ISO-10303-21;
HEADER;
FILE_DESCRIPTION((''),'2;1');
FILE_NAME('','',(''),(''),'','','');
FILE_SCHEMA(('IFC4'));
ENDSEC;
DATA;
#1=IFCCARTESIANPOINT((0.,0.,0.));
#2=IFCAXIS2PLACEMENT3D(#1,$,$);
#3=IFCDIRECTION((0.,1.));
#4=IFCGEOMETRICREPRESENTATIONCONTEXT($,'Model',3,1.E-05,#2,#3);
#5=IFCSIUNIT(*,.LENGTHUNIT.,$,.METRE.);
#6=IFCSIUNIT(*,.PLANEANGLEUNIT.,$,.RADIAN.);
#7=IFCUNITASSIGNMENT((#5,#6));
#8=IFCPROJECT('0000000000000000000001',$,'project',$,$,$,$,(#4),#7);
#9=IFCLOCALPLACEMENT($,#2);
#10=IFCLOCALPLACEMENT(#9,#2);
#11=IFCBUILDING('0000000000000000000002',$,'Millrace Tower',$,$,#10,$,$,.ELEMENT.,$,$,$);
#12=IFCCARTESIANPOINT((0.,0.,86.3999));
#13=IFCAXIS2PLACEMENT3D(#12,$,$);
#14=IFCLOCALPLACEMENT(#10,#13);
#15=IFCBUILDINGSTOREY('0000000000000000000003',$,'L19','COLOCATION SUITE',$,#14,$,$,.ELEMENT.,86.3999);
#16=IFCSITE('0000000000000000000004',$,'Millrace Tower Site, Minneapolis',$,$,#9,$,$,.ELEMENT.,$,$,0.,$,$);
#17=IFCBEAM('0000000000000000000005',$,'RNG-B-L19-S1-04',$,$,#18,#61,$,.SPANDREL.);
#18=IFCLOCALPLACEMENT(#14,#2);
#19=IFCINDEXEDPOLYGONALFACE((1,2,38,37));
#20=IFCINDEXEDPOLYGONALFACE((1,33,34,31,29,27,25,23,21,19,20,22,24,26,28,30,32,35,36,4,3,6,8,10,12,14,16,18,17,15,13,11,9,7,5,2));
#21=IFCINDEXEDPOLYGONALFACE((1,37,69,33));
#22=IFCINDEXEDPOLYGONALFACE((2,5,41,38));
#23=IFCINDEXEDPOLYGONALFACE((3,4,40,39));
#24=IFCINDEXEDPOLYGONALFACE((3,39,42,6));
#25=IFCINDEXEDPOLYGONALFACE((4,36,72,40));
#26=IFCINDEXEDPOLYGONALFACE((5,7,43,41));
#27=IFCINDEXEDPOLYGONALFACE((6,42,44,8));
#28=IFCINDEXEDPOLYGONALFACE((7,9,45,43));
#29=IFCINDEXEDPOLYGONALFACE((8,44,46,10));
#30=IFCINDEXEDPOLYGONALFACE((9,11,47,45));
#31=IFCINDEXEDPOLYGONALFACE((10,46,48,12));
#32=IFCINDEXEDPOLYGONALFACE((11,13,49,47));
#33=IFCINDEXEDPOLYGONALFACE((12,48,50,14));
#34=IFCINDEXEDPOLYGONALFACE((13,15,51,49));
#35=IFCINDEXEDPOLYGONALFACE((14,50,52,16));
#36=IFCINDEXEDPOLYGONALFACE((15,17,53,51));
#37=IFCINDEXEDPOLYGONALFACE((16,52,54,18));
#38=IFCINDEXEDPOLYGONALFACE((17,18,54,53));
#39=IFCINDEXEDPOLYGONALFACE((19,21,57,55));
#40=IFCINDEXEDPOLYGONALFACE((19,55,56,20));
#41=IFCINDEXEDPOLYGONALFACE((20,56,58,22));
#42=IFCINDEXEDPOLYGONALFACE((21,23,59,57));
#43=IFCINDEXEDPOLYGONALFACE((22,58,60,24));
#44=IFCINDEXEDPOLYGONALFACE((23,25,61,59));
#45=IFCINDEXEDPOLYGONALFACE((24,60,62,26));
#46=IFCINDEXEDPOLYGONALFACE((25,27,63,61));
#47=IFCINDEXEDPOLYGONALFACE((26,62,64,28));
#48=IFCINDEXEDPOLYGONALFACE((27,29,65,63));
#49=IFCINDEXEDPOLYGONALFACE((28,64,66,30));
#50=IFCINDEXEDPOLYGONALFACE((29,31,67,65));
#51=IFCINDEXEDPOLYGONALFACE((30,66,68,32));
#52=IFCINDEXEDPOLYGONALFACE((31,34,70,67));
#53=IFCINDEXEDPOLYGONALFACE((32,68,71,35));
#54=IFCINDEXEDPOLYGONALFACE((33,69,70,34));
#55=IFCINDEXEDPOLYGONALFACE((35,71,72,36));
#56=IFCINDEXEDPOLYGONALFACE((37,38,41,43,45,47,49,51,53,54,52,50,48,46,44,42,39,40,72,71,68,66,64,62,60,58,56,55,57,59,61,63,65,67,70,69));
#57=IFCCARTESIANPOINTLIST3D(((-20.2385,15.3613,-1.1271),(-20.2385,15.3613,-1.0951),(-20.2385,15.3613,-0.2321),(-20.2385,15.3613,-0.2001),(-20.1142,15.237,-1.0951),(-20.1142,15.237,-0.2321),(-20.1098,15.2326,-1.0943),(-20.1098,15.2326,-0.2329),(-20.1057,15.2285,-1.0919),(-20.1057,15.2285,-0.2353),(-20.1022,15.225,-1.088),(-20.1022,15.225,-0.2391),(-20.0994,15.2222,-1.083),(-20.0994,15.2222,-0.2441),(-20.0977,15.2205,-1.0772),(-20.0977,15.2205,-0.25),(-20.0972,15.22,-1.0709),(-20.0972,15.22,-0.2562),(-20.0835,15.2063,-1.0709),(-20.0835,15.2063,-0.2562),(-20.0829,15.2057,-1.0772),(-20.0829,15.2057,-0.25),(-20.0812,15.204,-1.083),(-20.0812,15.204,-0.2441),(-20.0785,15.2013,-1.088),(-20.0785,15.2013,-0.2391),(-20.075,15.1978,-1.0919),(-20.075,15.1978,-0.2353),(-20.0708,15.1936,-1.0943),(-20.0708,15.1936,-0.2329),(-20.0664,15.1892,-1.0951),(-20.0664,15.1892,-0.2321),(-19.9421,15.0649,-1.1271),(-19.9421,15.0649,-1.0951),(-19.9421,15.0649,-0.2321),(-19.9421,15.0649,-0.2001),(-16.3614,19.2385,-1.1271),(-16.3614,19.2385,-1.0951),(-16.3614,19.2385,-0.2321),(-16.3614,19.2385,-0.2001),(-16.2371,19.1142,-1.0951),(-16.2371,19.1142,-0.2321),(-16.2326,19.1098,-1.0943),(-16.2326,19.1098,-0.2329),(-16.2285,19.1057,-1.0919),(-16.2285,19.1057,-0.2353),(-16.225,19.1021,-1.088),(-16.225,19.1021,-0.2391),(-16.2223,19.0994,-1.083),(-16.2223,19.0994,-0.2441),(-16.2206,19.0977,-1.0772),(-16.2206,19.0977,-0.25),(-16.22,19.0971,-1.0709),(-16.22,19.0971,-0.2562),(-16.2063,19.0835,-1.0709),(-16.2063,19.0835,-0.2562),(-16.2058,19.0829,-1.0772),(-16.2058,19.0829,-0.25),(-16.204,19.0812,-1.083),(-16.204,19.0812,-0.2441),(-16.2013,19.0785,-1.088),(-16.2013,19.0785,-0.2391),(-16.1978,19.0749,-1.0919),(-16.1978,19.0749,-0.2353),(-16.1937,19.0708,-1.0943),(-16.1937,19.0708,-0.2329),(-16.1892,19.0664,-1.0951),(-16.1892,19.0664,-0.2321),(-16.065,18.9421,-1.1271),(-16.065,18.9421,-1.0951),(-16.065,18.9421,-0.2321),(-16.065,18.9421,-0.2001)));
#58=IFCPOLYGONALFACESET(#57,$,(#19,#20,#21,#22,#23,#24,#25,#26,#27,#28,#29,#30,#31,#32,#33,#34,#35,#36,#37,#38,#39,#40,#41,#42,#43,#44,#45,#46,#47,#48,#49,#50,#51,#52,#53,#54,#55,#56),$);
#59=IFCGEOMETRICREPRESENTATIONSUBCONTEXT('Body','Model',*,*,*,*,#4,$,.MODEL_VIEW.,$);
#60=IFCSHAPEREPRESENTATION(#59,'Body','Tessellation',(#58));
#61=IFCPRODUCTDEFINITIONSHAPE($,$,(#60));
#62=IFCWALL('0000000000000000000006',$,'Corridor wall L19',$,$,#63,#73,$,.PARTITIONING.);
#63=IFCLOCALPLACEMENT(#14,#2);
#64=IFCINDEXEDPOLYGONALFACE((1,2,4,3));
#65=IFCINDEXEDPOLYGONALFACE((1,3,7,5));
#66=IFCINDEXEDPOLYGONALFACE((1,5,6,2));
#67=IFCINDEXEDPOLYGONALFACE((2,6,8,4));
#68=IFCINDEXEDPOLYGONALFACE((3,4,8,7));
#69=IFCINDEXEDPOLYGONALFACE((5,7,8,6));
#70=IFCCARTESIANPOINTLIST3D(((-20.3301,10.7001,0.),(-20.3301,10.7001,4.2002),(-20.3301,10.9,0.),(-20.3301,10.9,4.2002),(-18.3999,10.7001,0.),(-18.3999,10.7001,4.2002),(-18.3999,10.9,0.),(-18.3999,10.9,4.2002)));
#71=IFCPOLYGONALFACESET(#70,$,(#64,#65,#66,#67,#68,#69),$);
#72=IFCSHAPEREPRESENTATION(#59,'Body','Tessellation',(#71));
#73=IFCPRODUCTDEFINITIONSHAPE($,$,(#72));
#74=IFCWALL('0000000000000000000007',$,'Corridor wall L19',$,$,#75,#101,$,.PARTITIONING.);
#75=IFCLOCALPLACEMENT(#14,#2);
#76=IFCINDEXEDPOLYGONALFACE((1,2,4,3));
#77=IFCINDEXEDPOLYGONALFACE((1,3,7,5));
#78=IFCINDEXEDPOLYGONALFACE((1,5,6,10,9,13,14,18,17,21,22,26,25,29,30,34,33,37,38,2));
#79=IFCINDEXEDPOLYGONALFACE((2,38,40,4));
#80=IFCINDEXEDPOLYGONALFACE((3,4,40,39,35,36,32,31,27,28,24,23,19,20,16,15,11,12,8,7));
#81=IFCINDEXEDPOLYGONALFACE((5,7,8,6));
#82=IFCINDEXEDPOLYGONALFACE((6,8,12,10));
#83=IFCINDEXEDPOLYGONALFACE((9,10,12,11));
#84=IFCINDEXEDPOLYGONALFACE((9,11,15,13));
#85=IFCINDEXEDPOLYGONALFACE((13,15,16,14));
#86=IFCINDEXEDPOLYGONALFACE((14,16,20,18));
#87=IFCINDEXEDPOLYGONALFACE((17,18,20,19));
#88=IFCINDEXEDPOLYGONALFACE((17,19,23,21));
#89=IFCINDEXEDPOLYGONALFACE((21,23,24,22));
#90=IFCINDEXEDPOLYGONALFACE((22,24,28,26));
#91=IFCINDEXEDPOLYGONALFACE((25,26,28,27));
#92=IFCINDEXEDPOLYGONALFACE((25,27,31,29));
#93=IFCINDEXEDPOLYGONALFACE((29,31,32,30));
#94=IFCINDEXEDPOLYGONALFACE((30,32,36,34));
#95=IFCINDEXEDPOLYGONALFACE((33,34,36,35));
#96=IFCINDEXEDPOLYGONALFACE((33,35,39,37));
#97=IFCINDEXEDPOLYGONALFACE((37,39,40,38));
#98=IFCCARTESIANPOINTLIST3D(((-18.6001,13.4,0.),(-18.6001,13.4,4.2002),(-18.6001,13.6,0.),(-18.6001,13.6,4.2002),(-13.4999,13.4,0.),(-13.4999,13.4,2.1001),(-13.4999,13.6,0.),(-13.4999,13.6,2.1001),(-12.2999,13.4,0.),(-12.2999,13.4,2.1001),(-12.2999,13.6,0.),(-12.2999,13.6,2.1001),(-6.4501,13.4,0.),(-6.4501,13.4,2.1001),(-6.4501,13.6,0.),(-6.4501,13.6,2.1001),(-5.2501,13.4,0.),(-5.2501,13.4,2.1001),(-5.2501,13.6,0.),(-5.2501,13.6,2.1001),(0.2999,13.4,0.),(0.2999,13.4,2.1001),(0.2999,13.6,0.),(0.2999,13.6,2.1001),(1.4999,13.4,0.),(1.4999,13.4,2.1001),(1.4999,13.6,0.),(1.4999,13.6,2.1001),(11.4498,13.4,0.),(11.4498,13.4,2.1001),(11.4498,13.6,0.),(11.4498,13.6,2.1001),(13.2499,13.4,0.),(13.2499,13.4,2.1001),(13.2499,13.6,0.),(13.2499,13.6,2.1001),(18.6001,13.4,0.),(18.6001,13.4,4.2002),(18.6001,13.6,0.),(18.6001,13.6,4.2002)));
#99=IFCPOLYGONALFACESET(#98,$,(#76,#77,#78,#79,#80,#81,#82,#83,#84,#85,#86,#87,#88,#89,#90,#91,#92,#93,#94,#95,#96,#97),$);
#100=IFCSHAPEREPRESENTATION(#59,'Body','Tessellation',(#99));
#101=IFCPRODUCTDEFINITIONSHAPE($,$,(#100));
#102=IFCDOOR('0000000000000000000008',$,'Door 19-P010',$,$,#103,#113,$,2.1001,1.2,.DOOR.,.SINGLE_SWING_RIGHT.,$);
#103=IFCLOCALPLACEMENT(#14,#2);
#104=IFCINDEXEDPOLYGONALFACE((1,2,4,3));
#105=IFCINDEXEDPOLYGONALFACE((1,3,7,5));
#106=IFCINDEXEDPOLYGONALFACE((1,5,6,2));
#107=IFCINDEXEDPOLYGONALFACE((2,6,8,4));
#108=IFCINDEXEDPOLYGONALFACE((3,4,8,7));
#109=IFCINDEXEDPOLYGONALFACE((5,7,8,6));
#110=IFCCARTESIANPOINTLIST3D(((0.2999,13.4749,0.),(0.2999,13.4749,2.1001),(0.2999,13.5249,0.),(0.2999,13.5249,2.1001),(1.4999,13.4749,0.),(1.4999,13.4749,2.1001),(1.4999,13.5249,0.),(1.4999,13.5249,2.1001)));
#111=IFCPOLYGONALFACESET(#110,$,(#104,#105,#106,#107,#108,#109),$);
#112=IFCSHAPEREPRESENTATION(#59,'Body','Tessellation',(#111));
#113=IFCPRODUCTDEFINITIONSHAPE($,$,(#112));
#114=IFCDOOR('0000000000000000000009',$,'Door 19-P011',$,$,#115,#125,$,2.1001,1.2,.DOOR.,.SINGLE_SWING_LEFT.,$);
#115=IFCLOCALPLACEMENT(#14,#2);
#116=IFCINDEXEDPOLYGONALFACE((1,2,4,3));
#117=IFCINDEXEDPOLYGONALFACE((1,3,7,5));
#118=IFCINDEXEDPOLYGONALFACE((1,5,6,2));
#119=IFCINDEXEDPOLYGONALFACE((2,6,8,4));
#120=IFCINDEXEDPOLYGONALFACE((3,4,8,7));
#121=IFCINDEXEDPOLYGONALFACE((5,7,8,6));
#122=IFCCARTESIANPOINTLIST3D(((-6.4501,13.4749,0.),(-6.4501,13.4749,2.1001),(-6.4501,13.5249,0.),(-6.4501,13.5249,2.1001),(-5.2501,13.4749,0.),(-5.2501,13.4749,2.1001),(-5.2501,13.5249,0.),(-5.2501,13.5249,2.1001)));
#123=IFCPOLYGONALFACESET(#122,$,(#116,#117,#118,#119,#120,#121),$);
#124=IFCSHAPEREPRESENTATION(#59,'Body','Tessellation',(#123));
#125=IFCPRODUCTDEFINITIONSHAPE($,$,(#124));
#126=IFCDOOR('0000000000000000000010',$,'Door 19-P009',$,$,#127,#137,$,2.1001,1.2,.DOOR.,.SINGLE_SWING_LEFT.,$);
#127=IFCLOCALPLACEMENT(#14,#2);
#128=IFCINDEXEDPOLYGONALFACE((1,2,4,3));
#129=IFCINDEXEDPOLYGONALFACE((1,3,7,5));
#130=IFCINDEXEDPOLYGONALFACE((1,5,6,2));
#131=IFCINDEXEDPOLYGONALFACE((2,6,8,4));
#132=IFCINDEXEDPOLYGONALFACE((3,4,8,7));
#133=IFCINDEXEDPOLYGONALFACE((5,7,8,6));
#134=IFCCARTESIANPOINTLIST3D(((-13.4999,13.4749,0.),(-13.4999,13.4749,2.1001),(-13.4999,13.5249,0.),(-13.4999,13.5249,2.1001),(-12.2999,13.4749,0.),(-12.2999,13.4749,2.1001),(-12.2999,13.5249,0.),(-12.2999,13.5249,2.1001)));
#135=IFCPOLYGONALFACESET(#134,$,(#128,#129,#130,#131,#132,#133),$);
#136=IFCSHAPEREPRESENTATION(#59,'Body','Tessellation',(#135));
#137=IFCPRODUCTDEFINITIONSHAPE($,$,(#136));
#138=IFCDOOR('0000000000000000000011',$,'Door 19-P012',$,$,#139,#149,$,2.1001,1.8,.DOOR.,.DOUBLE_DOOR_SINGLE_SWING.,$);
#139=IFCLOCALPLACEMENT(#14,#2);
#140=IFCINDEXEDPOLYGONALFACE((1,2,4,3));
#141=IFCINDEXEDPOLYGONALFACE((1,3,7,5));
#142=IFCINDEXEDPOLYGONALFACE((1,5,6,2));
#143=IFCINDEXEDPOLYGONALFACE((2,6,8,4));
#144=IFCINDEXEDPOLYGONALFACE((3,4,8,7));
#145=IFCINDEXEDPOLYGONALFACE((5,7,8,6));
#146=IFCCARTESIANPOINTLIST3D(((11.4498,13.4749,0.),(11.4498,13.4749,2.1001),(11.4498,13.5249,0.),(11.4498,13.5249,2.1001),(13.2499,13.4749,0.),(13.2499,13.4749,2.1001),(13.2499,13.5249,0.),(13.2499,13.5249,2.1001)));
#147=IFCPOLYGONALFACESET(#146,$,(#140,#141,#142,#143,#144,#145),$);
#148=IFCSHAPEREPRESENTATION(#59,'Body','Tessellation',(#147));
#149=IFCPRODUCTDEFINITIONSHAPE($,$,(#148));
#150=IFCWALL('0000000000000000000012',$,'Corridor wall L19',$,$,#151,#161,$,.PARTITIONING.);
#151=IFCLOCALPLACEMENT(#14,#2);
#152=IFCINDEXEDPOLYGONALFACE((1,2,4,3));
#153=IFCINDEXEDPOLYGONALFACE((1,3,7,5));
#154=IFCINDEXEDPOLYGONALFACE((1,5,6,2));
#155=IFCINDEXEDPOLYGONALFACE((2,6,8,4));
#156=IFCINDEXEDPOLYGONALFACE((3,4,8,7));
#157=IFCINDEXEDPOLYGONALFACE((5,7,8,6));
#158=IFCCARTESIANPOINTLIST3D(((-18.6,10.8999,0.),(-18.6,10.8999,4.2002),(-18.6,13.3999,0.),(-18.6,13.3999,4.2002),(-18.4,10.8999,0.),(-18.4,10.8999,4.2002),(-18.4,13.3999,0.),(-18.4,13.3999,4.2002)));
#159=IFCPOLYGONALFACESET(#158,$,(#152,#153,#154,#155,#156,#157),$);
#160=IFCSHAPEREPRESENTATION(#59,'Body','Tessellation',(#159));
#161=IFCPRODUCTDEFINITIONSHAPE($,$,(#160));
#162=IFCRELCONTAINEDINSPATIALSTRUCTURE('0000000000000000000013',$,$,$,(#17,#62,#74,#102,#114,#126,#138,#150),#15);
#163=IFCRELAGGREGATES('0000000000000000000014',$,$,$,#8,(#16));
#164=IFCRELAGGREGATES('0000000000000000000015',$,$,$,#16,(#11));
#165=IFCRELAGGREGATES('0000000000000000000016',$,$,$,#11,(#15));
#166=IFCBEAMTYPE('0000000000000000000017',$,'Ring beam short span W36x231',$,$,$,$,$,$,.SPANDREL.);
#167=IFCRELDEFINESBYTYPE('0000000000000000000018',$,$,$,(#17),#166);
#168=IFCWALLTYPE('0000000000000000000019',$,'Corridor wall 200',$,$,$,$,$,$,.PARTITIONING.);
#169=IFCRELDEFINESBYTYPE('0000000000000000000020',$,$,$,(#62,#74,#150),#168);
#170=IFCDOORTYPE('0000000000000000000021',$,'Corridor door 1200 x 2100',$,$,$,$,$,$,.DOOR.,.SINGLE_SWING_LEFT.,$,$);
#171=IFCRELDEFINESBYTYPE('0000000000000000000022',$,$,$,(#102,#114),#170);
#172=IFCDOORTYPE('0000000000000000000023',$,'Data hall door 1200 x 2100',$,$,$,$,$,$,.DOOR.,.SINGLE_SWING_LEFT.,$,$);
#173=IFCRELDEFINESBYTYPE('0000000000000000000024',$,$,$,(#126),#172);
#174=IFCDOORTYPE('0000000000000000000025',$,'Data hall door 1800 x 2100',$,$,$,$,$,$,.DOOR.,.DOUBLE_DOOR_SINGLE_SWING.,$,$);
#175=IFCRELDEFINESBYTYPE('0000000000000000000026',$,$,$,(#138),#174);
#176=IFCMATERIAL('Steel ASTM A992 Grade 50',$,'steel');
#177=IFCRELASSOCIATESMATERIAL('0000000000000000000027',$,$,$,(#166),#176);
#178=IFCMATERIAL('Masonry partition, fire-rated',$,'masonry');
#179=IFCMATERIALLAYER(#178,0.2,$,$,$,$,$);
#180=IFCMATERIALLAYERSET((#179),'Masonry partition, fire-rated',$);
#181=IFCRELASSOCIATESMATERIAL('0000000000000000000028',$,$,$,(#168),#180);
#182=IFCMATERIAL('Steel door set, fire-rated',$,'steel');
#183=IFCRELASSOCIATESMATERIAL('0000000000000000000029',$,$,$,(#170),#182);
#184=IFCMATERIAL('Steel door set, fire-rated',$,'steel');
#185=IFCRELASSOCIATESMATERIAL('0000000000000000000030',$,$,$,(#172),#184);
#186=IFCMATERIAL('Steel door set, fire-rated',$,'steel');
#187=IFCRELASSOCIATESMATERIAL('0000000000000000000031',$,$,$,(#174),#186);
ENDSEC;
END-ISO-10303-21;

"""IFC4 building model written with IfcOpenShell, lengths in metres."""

from ifc_helpers import new_model, si_unit, direction, frame, frame_2d, origin, origin_2d, place, context, subcontext, project, spatial, rectangle, i_section, extrude, material, layer, layer_set, material_profile, profile_set, type_object, element, fill, save


model = new_model("IFC4")

# Units and contexts
model_context = context("Model", 3, precision=1e-05, world=origin(), true_north=direction((0.0, 1.0)))
body_context = subcontext(model_context, "Body", "Model", "MODEL_VIEW")
ifc_project = project(units=[si_unit("LENGTHUNIT", "METRE"), si_unit("PLANEANGLEUNIT", "RADIAN")], contexts=[model_context])

# Site, building, storey
site_placement = place(None, origin())
site = spatial("IfcSite", under=ifc_project, at=site_placement, Name="Millrace Tower Site, Minneapolis", CompositionType="ELEMENT", RefElevation=0.0)
building_placement = place(site_placement, origin())
building = spatial("IfcBuilding", under=site, at=building_placement, Name="Millrace Tower", CompositionType="ELEMENT")
storey_placement = place(building_placement, frame((0.0, 0.0, 86.3999)))
storey = spatial("IfcBuildingStorey", under=building, at=storey_placement, Name="L19", Description="COLOCATION SUITE", CompositionType="ELEMENT", Elevation=86.3999)

# Beam
ifc_material_1 = material(Name="Steel ASTM A992 Grade 50", Category="steel")
ifc_material_profile_1 = material_profile(ifc_material_1, i_section(OverallWidth=0.4192, OverallDepth=0.927, WebThickness=0.0193, FlangeThickness=0.032, FilletRadius=0.0242, at=origin_2d()))
ifc_profile_set_1 = profile_set([ifc_material_profile_1], Name="Steel ASTM A992 Grade 50")
beam_type_1 = type_object("IfcBeamType", Name="Ring beam short span W36x231", PredefinedType="SPANDREL", material=ifc_profile_set_1)
beam_1_placement = place(storey_placement, frame((-20.0903, 15.2131, -0.6636), z_axis=(0.707107, 0.707107, 0.0), x_axis=(-0.707107, 0.707107, 0.0)))
element("IfcBeam", 1, at=beam_1_placement, inside=storey, type_object=beam_type_1, Name="RNG-B-L19-S1-04", PredefinedType="SPANDREL", context=body_context, shape_type="SweptSolid", body=[
    extrude(i_section(OverallWidth=0.4192, OverallDepth=0.927, WebThickness=0.0193, FlangeThickness=0.032, FilletRadius=0.0242, at=origin_2d()), origin(), (0.0, 0.0, 1.0), 5.4832),
])

# Wall
ifc_material_2 = material(Name="Masonry partition, fire-rated", Category="masonry")
ifc_layer_1 = layer(ifc_material_2, 0.2)
ifc_layer_set_1 = layer_set([ifc_layer_1], Name="Masonry partition, fire-rated")
wall_type = type_object("IfcWallType", Name="Corridor wall 200", PredefinedType="PARTITIONING", material=ifc_layer_set_1)
wall_1_placement = place(storey_placement, frame((-20.3301, 10.8, 0.0), z_axis=(0.0, 0.0, 1.0), x_axis=(1.0, 0.0, 0.0)))
element("IfcWall", 2, at=wall_1_placement, inside=storey, type_object=wall_type, Name="Corridor wall L19", PredefinedType="PARTITIONING", context=body_context, shape_type="SweptSolid", body=[
    extrude(rectangle(XDim=1.9302, YDim=0.2, at=frame_2d((0.9651, 0.0))), origin(), (0.0, 0.0, 1.0), 4.2002),
])

# Wall, openings, doors
wall_2_placement = place(storey_placement, frame((-18.6001, 13.5, 0.0), z_axis=(0.0, 0.0, 1.0), x_axis=(1.0, 0.0, 0.0)))
wall_2 = element("IfcWall", 3, at=wall_2_placement, inside=storey, type_object=wall_type, Name="Corridor wall L19", PredefinedType="PARTITIONING", context=body_context, shape_type="SweptSolid", body=[
    extrude(rectangle(XDim=37.2002, YDim=0.2, at=frame_2d((18.6001, 0.0))), origin(), (0.0, 0.0, 1.0), 4.2002),
])
opening_1_placement = place(wall_2_placement, frame((5.1001, 0.0, 0.0)))
opening_1 = element("IfcOpeningElement", 4, at=opening_1_placement, cuts=wall_2, PredefinedType="OPENING", context=body_context, shape_type="SweptSolid", body=[
    extrude(rectangle(XDim=1.2, YDim=2.1001, at=frame_2d((0.6001, 1.05))), frame((0.0, 0.1099, 0.0), z_axis=(0.0, -1.0, 0.0), x_axis=(1.0, 0.0, 0.0)), (0.0, 0.0, 1.0), 0.22),
])
opening_2_placement = place(wall_2_placement, frame((18.8999, 0.0, 0.0)))
opening_2 = element("IfcOpeningElement", 5, at=opening_2_placement, cuts=wall_2, PredefinedType="OPENING", context=body_context, shape_type="SweptSolid", body=[
    extrude(rectangle(XDim=1.2, YDim=2.1001, at=frame_2d((0.6001, 1.05))), frame((0.0, 0.1099, 0.0), z_axis=(0.0, -1.0, 0.0), x_axis=(1.0, 0.0, 0.0)), (0.0, 0.0, 1.0), 0.22),
])
opening_3_placement = place(wall_2_placement, frame((12.1499, 0.0, 0.0)))
opening_3 = element("IfcOpeningElement", 6, at=opening_3_placement, cuts=wall_2, PredefinedType="OPENING", context=body_context, shape_type="SweptSolid", body=[
    extrude(rectangle(XDim=1.2, YDim=2.1001, at=frame_2d((0.6001, 1.05))), frame((0.0, 0.1099, 0.0), z_axis=(0.0, -1.0, 0.0), x_axis=(1.0, 0.0, 0.0)), (0.0, 0.0, 1.0), 0.22),
])
opening_4_placement = place(wall_2_placement, frame((30.05, 0.0, 0.0)))
opening_4 = element("IfcOpeningElement", 7, at=opening_4_placement, cuts=wall_2, PredefinedType="OPENING", context=body_context, shape_type="SweptSolid", body=[
    extrude(rectangle(XDim=1.8, YDim=2.1001, at=frame_2d((0.8999, 1.05))), frame((0.0, 0.1099, 0.0), z_axis=(0.0, -1.0, 0.0), x_axis=(1.0, 0.0, 0.0)), (0.0, 0.0, 1.0), 0.22),
])
ifc_material_3 = material(Name="Steel door set, fire-rated", Category="steel")
door_type_1 = type_object("IfcDoorType", Name="Corridor door 1200 x 2100", OperationType="SINGLE_SWING_LEFT", PredefinedType="DOOR", material=ifc_material_3)
door_1_placement = place(opening_2_placement, origin())
door_1 = element("IfcDoor", 8, at=door_1_placement, inside=storey, type_object=door_type_1, Name="Door 19-P010", OperationType="SINGLE_SWING_RIGHT", OverallHeight=2.1001, OverallWidth=1.2, PredefinedType="DOOR", context=body_context, shape_type="SweptSolid", body=[
    extrude(rectangle(XDim=1.2, YDim=2.1001, at=frame_2d((0.6001, 1.05))), frame((0.0, 0.0249, 0.0), z_axis=(0.0, -1.0, 0.0), x_axis=(1.0, 0.0, 0.0)), (0.0, 0.0, 1.0), 0.05),
])
fill(opening_2, door_1)
door_2_placement = place(opening_3_placement, origin())
door_2 = element("IfcDoor", 9, at=door_2_placement, inside=storey, type_object=door_type_1, Name="Door 19-P011", OperationType="SINGLE_SWING_LEFT", OverallHeight=2.1001, OverallWidth=1.2, PredefinedType="DOOR", context=body_context, shape_type="SweptSolid", body=[
    extrude(rectangle(XDim=1.2, YDim=2.1001, at=frame_2d((0.6001, 1.05))), frame((0.0, 0.0249, 0.0), z_axis=(0.0, -1.0, 0.0), x_axis=(1.0, 0.0, 0.0)), (0.0, 0.0, 1.0), 0.05),
])
fill(opening_3, door_2)
ifc_material_4 = material(Name="Steel door set, fire-rated", Category="steel")
door_type_2 = type_object("IfcDoorType", Name="Data hall door 1200 x 2100", OperationType="SINGLE_SWING_LEFT", PredefinedType="DOOR", material=ifc_material_4)
door_3_placement = place(opening_1_placement, origin())
door_3 = element("IfcDoor", 10, at=door_3_placement, inside=storey, type_object=door_type_2, Name="Door 19-P009", OperationType="SINGLE_SWING_LEFT", OverallHeight=2.1001, OverallWidth=1.2, PredefinedType="DOOR", context=body_context, shape_type="SweptSolid", body=[
    extrude(rectangle(XDim=1.2, YDim=2.1001, at=frame_2d((0.6001, 1.05))), frame((0.0, 0.0249, 0.0), z_axis=(0.0, -1.0, 0.0), x_axis=(1.0, 0.0, 0.0)), (0.0, 0.0, 1.0), 0.05),
])
fill(opening_1, door_3)
ifc_material_5 = material(Name="Steel door set, fire-rated", Category="steel")
door_type_3 = type_object("IfcDoorType", Name="Data hall door 1800 x 2100", OperationType="DOUBLE_DOOR_SINGLE_SWING", PredefinedType="DOOR", material=ifc_material_5)
door_4_placement = place(opening_4_placement, origin())
door_4 = element("IfcDoor", 11, at=door_4_placement, inside=storey, type_object=door_type_3, Name="Door 19-P012", OperationType="DOUBLE_DOOR_SINGLE_SWING", OverallHeight=2.1001, OverallWidth=1.8, PredefinedType="DOOR", context=body_context, shape_type="SweptSolid", body=[
    extrude(rectangle(XDim=1.8, YDim=2.1001, at=frame_2d((0.8999, 1.05))), frame((0.0, 0.0249, 0.0), z_axis=(0.0, -1.0, 0.0), x_axis=(1.0, 0.0, 0.0)), (0.0, 0.0, 1.0), 0.05),
])
fill(opening_4, door_4)

# Wall
wall_3_placement = place(storey_placement, frame((-18.5, 10.8999, 0.0), z_axis=(0.0, 0.0, 1.0), x_axis=(0.0, 1.0, 0.0)))
element("IfcWall", 12, at=wall_3_placement, inside=storey, type_object=wall_type, Name="Corridor wall L19", PredefinedType="PARTITIONING", context=body_context, shape_type="SweptSolid", body=[
    extrude(rectangle(XDim=2.5, YDim=0.2, at=frame_2d((1.25, 0.0))), origin(), (0.0, 0.0, 1.0), 4.2002),
])

save(model, "model.ifc")
